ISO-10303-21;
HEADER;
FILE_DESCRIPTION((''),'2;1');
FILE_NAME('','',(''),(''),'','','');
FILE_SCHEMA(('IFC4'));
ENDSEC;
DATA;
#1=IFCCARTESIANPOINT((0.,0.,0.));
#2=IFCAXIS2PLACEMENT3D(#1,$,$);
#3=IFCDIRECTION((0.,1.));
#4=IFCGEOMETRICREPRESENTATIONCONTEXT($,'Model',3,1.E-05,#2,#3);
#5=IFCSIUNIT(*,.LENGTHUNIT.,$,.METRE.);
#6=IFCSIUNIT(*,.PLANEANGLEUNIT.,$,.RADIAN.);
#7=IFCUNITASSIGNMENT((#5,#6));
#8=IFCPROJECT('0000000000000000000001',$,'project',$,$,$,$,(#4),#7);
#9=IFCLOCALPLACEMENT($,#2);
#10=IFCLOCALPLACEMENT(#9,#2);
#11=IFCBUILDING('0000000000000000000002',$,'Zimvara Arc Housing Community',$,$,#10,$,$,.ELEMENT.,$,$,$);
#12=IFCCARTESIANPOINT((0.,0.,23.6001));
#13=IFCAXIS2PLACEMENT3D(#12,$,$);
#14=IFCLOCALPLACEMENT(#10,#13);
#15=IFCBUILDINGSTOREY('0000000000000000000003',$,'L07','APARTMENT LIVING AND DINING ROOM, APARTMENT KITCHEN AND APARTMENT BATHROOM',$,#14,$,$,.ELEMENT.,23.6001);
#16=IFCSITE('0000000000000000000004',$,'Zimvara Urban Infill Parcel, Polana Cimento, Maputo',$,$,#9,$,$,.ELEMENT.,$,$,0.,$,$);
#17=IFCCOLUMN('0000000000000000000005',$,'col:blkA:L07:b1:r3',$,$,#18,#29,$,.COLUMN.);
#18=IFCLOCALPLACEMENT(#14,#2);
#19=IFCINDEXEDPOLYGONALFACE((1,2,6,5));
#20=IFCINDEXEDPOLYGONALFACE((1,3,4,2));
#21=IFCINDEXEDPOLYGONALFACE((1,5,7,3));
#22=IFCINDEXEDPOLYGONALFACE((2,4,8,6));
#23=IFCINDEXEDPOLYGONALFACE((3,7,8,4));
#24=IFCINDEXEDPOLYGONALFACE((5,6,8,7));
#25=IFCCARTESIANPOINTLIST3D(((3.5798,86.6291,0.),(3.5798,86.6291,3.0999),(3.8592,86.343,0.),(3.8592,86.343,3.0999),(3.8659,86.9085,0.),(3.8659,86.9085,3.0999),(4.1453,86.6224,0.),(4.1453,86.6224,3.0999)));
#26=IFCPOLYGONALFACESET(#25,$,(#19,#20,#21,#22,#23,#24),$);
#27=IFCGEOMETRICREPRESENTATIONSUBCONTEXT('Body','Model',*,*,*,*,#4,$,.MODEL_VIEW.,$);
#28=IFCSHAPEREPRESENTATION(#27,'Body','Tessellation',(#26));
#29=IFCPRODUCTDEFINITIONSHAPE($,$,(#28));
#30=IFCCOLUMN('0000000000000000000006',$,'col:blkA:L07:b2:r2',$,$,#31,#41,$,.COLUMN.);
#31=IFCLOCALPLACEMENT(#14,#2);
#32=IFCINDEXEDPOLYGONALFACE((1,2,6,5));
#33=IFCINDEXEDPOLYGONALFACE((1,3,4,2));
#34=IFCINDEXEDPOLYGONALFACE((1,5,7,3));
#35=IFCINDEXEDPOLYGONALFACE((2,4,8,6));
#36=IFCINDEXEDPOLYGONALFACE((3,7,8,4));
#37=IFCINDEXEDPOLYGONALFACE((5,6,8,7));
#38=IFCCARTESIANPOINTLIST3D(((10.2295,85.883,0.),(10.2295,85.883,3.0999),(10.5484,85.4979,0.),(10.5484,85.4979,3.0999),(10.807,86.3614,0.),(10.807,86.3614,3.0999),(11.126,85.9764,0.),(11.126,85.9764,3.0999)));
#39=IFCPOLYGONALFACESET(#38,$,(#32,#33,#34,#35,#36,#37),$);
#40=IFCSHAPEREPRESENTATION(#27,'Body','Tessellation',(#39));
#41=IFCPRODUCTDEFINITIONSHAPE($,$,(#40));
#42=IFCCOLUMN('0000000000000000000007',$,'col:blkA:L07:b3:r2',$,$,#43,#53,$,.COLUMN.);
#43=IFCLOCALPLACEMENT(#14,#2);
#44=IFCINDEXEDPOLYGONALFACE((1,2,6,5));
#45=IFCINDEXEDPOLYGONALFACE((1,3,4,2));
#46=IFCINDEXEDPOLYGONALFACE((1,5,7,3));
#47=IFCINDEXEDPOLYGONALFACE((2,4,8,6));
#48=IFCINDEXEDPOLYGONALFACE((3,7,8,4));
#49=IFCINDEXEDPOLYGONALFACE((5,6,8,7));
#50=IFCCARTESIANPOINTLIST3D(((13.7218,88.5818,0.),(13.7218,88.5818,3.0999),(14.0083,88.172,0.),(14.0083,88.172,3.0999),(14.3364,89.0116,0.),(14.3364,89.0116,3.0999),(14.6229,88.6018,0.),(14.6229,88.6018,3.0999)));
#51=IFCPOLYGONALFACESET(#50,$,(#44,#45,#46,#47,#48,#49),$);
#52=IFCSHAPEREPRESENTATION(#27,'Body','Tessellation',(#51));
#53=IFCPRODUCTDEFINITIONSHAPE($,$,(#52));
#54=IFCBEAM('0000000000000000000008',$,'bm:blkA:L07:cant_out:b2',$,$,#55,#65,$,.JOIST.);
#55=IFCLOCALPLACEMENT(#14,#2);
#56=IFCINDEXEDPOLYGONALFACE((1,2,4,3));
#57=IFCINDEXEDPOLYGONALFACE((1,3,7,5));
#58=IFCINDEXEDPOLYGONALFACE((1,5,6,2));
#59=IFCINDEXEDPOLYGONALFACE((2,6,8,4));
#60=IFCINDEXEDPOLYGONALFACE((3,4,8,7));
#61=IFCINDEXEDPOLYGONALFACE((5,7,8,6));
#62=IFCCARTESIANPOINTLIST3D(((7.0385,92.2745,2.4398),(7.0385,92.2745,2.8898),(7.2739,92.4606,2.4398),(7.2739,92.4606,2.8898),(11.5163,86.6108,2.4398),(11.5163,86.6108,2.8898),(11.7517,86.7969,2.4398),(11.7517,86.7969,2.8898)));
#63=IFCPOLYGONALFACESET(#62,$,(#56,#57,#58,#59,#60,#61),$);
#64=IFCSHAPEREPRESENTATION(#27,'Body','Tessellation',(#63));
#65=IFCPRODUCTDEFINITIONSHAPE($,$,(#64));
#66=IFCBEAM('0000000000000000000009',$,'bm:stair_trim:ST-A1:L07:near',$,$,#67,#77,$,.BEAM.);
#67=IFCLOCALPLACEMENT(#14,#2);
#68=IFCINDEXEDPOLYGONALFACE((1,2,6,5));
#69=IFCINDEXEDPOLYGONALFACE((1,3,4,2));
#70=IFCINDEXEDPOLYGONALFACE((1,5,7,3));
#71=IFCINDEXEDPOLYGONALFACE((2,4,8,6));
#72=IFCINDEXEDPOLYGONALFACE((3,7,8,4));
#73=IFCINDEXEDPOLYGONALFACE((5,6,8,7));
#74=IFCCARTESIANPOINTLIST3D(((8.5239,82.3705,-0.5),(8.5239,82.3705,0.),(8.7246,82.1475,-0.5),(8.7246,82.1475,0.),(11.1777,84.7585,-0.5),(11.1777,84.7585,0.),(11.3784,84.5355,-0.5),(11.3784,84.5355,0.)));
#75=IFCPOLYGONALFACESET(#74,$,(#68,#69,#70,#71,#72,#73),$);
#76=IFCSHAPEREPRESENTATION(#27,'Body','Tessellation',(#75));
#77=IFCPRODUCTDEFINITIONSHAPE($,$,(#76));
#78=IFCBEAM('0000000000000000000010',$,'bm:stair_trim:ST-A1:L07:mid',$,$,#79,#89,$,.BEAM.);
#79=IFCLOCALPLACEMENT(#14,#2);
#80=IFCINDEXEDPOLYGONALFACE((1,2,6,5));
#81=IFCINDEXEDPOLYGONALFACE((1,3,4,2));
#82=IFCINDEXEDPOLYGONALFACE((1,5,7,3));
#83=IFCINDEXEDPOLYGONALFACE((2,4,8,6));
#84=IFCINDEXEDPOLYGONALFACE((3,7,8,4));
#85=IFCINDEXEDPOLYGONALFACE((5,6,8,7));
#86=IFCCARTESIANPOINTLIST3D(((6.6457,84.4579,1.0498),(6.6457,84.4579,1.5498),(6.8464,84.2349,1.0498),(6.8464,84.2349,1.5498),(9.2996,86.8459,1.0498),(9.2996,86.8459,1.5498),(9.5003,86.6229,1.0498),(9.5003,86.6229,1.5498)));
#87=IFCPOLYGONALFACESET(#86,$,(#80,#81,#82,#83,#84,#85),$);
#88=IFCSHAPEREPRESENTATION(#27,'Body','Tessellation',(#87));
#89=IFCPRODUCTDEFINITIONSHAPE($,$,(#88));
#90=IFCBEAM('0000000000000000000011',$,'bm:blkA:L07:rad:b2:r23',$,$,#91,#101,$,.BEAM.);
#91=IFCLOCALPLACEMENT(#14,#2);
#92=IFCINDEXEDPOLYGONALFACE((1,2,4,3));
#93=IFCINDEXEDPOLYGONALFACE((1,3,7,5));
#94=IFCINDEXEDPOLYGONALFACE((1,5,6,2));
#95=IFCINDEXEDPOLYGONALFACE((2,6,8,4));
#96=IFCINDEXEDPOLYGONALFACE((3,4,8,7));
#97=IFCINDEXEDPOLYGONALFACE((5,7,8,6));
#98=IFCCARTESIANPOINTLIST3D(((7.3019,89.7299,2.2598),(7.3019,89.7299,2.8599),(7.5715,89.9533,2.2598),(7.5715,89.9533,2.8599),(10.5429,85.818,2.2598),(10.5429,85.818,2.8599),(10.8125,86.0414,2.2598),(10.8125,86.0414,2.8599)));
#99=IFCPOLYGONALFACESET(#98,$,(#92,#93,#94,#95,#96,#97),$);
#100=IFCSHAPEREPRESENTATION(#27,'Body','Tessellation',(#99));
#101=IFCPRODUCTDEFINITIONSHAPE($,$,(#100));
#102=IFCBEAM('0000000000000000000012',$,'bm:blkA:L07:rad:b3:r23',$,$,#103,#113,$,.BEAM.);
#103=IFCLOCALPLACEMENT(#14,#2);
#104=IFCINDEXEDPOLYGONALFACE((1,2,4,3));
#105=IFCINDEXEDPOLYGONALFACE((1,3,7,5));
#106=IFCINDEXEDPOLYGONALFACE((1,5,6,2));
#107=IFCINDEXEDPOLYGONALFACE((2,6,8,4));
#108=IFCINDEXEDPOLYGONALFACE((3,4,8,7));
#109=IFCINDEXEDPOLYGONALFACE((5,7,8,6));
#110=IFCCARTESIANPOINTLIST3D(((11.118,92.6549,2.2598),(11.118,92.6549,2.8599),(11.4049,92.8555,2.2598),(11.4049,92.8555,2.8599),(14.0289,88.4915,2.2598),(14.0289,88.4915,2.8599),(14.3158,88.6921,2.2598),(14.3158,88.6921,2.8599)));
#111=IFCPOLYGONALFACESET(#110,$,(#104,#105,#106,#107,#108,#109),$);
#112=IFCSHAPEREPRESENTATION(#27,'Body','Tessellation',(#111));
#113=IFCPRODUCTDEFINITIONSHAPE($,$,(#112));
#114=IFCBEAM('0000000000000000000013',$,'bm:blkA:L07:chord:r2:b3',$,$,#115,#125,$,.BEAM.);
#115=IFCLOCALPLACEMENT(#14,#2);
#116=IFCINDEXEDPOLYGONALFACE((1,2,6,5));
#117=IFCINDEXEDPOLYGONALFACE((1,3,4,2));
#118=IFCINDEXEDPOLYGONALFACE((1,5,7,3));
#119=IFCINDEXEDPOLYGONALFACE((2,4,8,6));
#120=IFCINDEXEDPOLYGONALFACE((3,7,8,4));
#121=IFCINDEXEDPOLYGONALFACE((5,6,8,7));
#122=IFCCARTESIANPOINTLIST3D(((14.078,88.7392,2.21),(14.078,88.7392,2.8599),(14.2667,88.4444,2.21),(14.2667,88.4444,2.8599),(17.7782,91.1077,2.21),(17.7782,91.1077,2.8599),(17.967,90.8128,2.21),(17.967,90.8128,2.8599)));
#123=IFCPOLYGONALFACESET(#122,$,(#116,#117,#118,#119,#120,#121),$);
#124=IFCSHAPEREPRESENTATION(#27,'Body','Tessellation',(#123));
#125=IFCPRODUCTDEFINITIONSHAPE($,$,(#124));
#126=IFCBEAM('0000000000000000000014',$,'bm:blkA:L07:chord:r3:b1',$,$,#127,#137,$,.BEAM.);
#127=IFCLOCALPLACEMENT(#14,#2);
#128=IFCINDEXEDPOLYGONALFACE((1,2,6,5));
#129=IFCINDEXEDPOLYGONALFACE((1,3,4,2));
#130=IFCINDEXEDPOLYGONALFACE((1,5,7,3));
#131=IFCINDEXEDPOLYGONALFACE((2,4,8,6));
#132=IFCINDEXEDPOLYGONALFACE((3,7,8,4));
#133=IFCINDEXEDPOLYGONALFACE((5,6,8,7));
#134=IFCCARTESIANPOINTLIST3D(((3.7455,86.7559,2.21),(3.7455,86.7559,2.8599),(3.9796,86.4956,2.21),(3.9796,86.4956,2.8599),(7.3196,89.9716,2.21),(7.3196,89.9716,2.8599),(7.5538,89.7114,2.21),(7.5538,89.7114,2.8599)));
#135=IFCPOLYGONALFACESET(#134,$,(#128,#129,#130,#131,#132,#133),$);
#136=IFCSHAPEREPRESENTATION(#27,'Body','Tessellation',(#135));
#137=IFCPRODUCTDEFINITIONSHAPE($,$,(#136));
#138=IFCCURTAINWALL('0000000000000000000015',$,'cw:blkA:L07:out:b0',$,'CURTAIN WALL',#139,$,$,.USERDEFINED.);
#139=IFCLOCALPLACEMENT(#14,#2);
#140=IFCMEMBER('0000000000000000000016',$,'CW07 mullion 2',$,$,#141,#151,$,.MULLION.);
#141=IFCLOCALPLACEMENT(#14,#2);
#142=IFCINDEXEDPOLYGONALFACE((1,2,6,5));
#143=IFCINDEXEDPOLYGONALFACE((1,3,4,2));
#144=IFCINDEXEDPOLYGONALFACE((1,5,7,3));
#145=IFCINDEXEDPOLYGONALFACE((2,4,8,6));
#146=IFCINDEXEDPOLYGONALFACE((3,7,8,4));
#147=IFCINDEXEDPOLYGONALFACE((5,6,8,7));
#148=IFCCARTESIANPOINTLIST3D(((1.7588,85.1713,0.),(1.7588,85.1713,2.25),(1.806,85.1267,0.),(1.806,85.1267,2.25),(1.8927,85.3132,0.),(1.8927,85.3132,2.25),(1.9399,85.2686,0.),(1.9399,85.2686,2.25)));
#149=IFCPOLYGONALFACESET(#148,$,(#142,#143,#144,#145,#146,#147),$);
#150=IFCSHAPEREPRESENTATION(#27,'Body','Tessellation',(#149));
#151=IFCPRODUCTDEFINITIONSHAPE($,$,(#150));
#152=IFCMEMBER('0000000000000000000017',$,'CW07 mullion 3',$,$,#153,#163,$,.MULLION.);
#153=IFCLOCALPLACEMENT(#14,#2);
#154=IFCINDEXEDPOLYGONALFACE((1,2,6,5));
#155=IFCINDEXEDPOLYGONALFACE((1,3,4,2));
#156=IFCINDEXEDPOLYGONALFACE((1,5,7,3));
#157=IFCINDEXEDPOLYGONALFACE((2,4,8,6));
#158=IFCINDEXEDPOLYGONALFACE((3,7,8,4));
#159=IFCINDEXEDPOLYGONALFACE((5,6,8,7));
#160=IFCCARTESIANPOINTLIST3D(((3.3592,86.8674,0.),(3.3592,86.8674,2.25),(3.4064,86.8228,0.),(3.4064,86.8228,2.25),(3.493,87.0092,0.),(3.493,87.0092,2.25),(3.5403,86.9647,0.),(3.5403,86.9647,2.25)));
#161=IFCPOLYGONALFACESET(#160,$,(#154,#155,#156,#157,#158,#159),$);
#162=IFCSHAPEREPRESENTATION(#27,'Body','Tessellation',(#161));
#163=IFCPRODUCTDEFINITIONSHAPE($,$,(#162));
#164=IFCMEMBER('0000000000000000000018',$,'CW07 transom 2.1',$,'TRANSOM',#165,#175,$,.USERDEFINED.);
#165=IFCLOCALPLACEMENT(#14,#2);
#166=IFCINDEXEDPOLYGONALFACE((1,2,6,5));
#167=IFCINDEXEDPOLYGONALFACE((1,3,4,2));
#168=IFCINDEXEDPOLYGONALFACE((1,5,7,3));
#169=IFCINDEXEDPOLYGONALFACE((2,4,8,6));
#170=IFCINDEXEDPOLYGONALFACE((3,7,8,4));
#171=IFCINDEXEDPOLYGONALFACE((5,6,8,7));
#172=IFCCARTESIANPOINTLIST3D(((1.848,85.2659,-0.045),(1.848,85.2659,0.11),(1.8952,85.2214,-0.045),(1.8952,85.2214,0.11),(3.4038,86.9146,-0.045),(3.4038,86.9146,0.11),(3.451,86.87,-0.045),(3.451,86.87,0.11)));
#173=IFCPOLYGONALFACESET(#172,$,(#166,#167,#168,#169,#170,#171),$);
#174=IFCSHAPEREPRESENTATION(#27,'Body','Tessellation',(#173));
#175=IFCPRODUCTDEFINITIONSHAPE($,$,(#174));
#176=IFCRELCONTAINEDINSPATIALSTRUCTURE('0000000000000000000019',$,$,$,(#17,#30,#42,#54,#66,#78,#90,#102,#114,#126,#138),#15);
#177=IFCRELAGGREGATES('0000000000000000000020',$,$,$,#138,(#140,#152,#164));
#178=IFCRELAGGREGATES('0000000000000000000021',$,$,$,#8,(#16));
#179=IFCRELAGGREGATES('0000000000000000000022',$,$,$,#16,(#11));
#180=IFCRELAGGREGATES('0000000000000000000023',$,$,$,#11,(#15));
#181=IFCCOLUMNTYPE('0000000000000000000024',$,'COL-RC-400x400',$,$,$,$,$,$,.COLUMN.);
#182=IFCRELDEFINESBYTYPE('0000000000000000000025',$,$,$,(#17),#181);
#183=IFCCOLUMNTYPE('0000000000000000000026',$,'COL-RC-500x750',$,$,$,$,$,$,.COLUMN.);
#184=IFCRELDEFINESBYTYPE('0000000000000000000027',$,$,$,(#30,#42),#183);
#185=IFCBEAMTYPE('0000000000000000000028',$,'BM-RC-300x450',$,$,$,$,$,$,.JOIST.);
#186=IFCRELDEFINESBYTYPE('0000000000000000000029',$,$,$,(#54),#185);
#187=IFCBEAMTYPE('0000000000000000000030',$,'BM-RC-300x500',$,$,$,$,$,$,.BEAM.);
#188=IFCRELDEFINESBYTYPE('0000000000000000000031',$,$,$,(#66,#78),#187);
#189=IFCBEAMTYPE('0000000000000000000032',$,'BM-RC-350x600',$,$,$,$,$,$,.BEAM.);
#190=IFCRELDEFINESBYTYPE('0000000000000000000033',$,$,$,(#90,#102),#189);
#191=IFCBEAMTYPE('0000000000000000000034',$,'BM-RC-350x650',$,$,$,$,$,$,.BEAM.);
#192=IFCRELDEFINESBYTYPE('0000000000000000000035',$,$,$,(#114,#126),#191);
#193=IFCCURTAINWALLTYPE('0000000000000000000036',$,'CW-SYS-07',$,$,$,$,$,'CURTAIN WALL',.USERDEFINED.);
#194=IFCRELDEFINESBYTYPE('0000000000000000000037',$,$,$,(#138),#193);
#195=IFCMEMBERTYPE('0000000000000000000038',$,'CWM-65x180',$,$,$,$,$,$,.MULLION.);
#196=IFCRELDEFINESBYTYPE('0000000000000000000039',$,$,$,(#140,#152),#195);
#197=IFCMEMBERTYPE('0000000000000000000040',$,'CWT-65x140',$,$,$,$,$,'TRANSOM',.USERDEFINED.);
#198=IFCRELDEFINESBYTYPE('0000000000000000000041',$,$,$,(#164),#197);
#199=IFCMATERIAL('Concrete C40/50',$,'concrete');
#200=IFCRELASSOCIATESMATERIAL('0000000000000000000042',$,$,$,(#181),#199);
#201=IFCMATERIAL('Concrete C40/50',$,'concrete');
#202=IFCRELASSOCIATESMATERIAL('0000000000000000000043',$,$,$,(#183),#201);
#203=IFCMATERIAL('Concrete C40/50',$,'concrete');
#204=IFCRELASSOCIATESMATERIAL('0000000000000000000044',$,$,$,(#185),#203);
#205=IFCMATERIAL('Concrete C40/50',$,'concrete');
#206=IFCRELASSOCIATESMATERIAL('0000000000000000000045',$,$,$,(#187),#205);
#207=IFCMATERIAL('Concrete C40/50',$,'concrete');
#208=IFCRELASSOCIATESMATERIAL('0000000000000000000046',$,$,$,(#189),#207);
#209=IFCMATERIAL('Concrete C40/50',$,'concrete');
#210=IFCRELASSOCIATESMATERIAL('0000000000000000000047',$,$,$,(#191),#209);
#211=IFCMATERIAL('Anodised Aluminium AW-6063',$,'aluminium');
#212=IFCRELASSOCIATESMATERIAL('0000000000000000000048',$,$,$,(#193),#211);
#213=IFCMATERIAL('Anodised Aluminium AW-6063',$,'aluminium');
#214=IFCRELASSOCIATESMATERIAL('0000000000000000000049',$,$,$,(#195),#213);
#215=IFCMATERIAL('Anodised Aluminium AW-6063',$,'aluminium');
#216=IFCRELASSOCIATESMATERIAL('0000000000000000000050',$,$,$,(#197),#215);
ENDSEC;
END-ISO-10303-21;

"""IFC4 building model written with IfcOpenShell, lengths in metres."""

from ifc_helpers import new_model, si_unit, direction, frame, origin, origin_2d, place, context, subcontext, project, spatial, rectangle, extrude, material, material_profile, profile_set, type_object, element, aggregate, save


model = new_model("IFC4")

# Units and contexts
model_context = context("Model", 3, precision=1e-05, world=origin(), true_north=direction((0.0, 1.0)))
body_context = subcontext(model_context, "Body", "Model", "MODEL_VIEW")
ifc_project = project(units=[si_unit("LENGTHUNIT", "METRE"), si_unit("PLANEANGLEUNIT", "RADIAN")], contexts=[model_context])

# Site, building, storey
site_placement = place(None, origin())
site = spatial("IfcSite", under=ifc_project, at=site_placement, Name="Zimvara Urban Infill Parcel, Polana Cimento, Maputo", CompositionType="ELEMENT", RefElevation=0.0)
building_placement = place(site_placement, origin())
building = spatial("IfcBuilding", under=site, at=building_placement, Name="Zimvara Arc Housing Community", CompositionType="ELEMENT")
storey_placement = place(building_placement, frame((0.0, 0.0, 23.6001)))
storey = spatial("IfcBuildingStorey", under=building, at=storey_placement, Name="L07", Description="APARTMENT LIVING AND DINING ROOM, APARTMENT KITCHEN AND APARTMENT BATHROOM", CompositionType="ELEMENT", Elevation=23.6001)

# Columns
ifc_material_1 = material(Name="Concrete C40/50", Category="concrete")
ifc_material_profile_1 = material_profile(ifc_material_1, rectangle(XDim=0.3999, YDim=0.3999, at=origin_2d()), Name="RC 400x400")
ifc_profile_set_1 = profile_set([ifc_material_profile_1], Name="Concrete C40/50")
column_type_1 = type_object("IfcColumnType", Name="COL-RC-400x400", PredefinedType="COLUMN", material=ifc_profile_set_1)
column_placement = place(storey_placement, frame((3.8625, 86.6257, 0.0), z_axis=(0.0, 0.0, 1.0), x_axis=(-0.698665, 0.715449, 0.0)))
element("IfcColumn", 1, at=column_placement, inside=storey, type_object=column_type_1, Name="col:blkA:L07:b1:r3", PredefinedType="COLUMN", context=body_context, shape_type="SweptSolid", body=[
    extrude(rectangle(XDim=0.3999, YDim=0.3999, at=origin_2d()), origin(), (0.0, 0.0, 1.0), 3.0999),
])
ifc_material_2 = material(Name="Concrete C40/50", Category="concrete")
ifc_material_profile_2 = material_profile(ifc_material_2, rectangle(XDim=0.5, YDim=0.75, at=origin_2d()), Name="RC 500x750")
ifc_profile_set_2 = profile_set([ifc_material_profile_2], Name="Concrete C40/50")
column_type_2 = type_object("IfcColumnType", Name="COL-RC-500x750", PredefinedType="COLUMN", material=ifc_profile_set_2)
for number, where, z_axis, x_axis, name in (
    (2, (10.6777, 85.9297, 0.0), (0.0, 0.0, 1.0), (-0.637962, 0.770068, 0.0), "col:blkA:L07:b2:r2"),
    (3, (14.1724, 88.5918, 0.0), (0.0, 0.0, 1.0), (-0.573004, 0.819552, 0.0), "col:blkA:L07:b3:r2"),
):
    element("IfcColumn", number, at=place(storey_placement, frame(where, z_axis=z_axis, x_axis=x_axis)), inside=storey, type_object=column_type_2, Name=name, PredefinedType="COLUMN", context=body_context, shape_type="SweptSolid", body=[
        extrude(rectangle(XDim=0.5, YDim=0.75, at=origin_2d()), origin(), (0.0, 0.0, 1.0), 3.0999),
    ])

# Beams
ifc_material_3 = material(Name="Concrete C40/50", Category="concrete")
ifc_material_profile_3 = material_profile(ifc_material_3, rectangle(XDim=0.3, YDim=0.45, at=origin_2d()), Name="RC 300x450")
ifc_profile_set_3 = profile_set([ifc_material_profile_3], Name="Concrete C40/50")
beam_type_1 = type_object("IfcBeamType", Name="BM-RC-300x450", PredefinedType="JOIST", material=ifc_profile_set_3)
beam_1_placement = place(storey_placement, frame((11.634, 86.7039, 2.6648), z_axis=(-0.620202, 0.784442, 0.0), x_axis=(-0.784442, -0.620202, 0.0)))
element("IfcBeam", 4, at=beam_1_placement, inside=storey, type_object=beam_type_1, Name="bm:blkA:L07:cant_out:b2", PredefinedType="JOIST", context=body_context, shape_type="SweptSolid", body=[
    extrude(rectangle(XDim=0.3, YDim=0.45, at=origin_2d()), origin(), (0.0, 0.0, 1.0), 7.22),
])
ifc_material_4 = material(Name="Concrete C40/50", Category="concrete")
ifc_material_profile_4 = material_profile(ifc_material_4, rectangle(XDim=0.3, YDim=0.5, at=origin_2d()), Name="RC 300x500")
ifc_profile_set_4 = profile_set([ifc_material_profile_4], Name="Concrete C40/50")
beam_type_2 = type_object("IfcBeamType", Name="BM-RC-300x500", PredefinedType="BEAM", material=ifc_profile_set_4)
for number, where, z_axis, x_axis, name in (
    (5, (11.2781, 84.647, -0.25), (-0.743362, -0.668889, 0.0), (0.668889, -0.743362, 0.0), "bm:stair_trim:ST-A1:L07:near"),
    (6, (9.3999, 86.7344, 1.2998), (-0.743362, -0.668889, 0.0), (0.668889, -0.743362, 0.0), "bm:stair_trim:ST-A1:L07:mid"),
):
    element("IfcBeam", number, at=place(storey_placement, frame(where, z_axis=z_axis, x_axis=x_axis)), inside=storey, type_object=beam_type_2, Name=name, PredefinedType="BEAM", context=body_context, shape_type="SweptSolid", body=[
        extrude(rectangle(XDim=0.3, YDim=0.5, at=origin_2d()), origin(), (0.0, 0.0, 1.0), 3.5701),
    ])
ifc_material_5 = material(Name="Concrete C40/50", Category="concrete")
ifc_material_profile_5 = material_profile(ifc_material_5, rectangle(XDim=0.3501, YDim=0.6001, at=origin_2d()), Name="RC 350x600")
ifc_profile_set_5 = profile_set([ifc_material_profile_5], Name="Concrete C40/50")
beam_type_3 = type_object("IfcBeamType", Name="BM-RC-350x600", PredefinedType="BEAM", material=ifc_profile_set_5)
for number, where, z_axis, x_axis, name in (
    (7, (10.6777, 85.9297, 2.5598), (-0.637984, 0.77005, 0.0), (-0.77005, -0.637984, 0.0), "bm:blkA:L07:rad:b2:r23"),
    (8, (14.1724, 88.5918, 2.5598), (-0.573007, 0.81955, 0.0), (-0.81955, -0.573007, 0.0), "bm:blkA:L07:rad:b3:r23"),
):
    element("IfcBeam", number, at=place(storey_placement, frame(where, z_axis=z_axis, x_axis=x_axis)), inside=storey, type_object=beam_type_3, Name=name, PredefinedType="BEAM", context=body_context, shape_type="SweptSolid", body=[
        extrude(rectangle(XDim=0.3501, YDim=0.6001, at=origin_2d()), origin(), (0.0, 0.0, 1.0), 5.0801),
    ])
ifc_material_6 = material(Name="Concrete C40/50", Category="concrete")
ifc_material_profile_6 = material_profile(ifc_material_6, rectangle(XDim=0.3501, YDim=0.6499, at=origin_2d()), Name="RC 350x650")
ifc_profile_set_6 = profile_set([ifc_material_profile_6], Name="Concrete C40/50")
beam_type_4 = type_object("IfcBeamType", Name="BM-RC-350x650", PredefinedType="BEAM", material=ifc_profile_set_6)
beam_2_placement = place(storey_placement, frame((14.1724, 88.5918, 2.5349), z_axis=(0.842242, 0.539099, 0.0), x_axis=(-0.539099, 0.842242, 0.0)))
element("IfcBeam", 9, at=beam_2_placement, inside=storey, type_object=beam_type_4, Name="bm:blkA:L07:chord:r2:b3", PredefinedType="BEAM", context=body_context, shape_type="SweptSolid", body=[
    extrude(rectangle(XDim=0.3501, YDim=0.6499, at=origin_2d()), origin(), (0.0, 0.0, 1.0), 4.3933),
])
beam_3_placement = place(storey_placement, frame((3.8625, 86.6257, 2.5349), z_axis=(0.743395, 0.668853, 0.0), x_axis=(-0.668853, 0.743395, 0.0)))
element("IfcBeam", 10, at=beam_3_placement, inside=storey, type_object=beam_type_4, Name="bm:blkA:L07:chord:r3:b1", PredefinedType="BEAM", context=body_context, shape_type="SweptSolid", body=[
    extrude(rectangle(XDim=0.3501, YDim=0.6499, at=origin_2d()), origin(), (0.0, 0.0, 1.0), 4.8079),
])

# Curtain wall, members
ifc_material_7 = material(Name="Anodised Aluminium AW-6063", Category="aluminium")
curtain_wall_type = type_object("IfcCurtainWallType", Name="CW-SYS-07", ElementType="CURTAIN WALL", PredefinedType="USERDEFINED", material=ifc_material_7)
curtain_wall_placement = place(storey_placement, origin())
curtain_wall = element("IfcCurtainWall", 11, at=curtain_wall_placement, inside=storey, type_object=curtain_wall_type, Name="cw:blkA:L07:out:b0", ObjectType="CURTAIN WALL", PredefinedType="USERDEFINED")
ifc_material_8 = material(Name="Anodised Aluminium AW-6063", Category="aluminium")
ifc_material_profile_7 = material_profile(ifc_material_8, rectangle(XDim=0.0649, YDim=0.1951, at=origin_2d()), Name="ALU 65x195")
ifc_profile_set_7 = profile_set([ifc_material_profile_7], Name="Anodised Aluminium AW-6063")
member_type_1 = type_object("IfcMemberType", Name="CWM-65x180", PredefinedType="MULLION", material=ifc_profile_set_7)
member_1_placement = place(storey_placement, frame((1.8494, 85.22, 0.0), z_axis=(0.0, 0.0, 1.0), x_axis=(-0.727294, 0.686326, 0.0)))
member_1 = element("IfcMember", 12, at=member_1_placement, type_object=member_type_1, Name="CW07 mullion 2", PredefinedType="MULLION", context=body_context, shape_type="SweptSolid", body=[
    extrude(rectangle(XDim=0.0649, YDim=0.1951, at=origin_2d()), origin(), (0.0, 0.0, 1.0), 2.25),
])
member_2_placement = place(storey_placement, frame((3.4497, 86.916, 0.0), z_axis=(0.0, 0.0, 1.0), x_axis=(-0.727294, 0.686326, 0.0)))
member_2 = element("IfcMember", 13, at=member_2_placement, type_object=member_type_1, Name="CW07 mullion 3", PredefinedType="MULLION", context=body_context, shape_type="SweptSolid", body=[
    extrude(rectangle(XDim=0.0649, YDim=0.1951, at=origin_2d()), origin(), (0.0, 0.0, 1.0), 2.25),
])
ifc_material_9 = material(Name="Anodised Aluminium AW-6063", Category="aluminium")
ifc_material_profile_8 = material_profile(ifc_material_9, rectangle(XDim=0.0649, YDim=0.155, at=origin_2d()), Name="ALU 65x155")
ifc_profile_set_8 = profile_set([ifc_material_profile_8], Name="Anodised Aluminium AW-6063")
member_type_2 = type_object("IfcMemberType", Name="CWT-65x140", ElementType="TRANSOM", PredefinedType="USERDEFINED", material=ifc_profile_set_8)
member_3_placement = place(storey_placement, frame((1.8716, 85.2437, 0.0325), z_axis=(0.686348, 0.727273, 0.0), x_axis=(-0.727273, 0.686348, 0.0)))
member_3 = element("IfcMember", 14, at=member_3_placement, type_object=member_type_2, Name="CW07 transom 2.1", ObjectType="TRANSOM", PredefinedType="USERDEFINED", context=body_context, shape_type="SweptSolid", body=[
    extrude(rectangle(XDim=0.0649, YDim=0.155, at=origin_2d()), origin(), (0.0, 0.0, 1.0), 2.2668),
])
aggregate(curtain_wall, [member_1, member_2, member_3])

save(model, "model.ifc")
